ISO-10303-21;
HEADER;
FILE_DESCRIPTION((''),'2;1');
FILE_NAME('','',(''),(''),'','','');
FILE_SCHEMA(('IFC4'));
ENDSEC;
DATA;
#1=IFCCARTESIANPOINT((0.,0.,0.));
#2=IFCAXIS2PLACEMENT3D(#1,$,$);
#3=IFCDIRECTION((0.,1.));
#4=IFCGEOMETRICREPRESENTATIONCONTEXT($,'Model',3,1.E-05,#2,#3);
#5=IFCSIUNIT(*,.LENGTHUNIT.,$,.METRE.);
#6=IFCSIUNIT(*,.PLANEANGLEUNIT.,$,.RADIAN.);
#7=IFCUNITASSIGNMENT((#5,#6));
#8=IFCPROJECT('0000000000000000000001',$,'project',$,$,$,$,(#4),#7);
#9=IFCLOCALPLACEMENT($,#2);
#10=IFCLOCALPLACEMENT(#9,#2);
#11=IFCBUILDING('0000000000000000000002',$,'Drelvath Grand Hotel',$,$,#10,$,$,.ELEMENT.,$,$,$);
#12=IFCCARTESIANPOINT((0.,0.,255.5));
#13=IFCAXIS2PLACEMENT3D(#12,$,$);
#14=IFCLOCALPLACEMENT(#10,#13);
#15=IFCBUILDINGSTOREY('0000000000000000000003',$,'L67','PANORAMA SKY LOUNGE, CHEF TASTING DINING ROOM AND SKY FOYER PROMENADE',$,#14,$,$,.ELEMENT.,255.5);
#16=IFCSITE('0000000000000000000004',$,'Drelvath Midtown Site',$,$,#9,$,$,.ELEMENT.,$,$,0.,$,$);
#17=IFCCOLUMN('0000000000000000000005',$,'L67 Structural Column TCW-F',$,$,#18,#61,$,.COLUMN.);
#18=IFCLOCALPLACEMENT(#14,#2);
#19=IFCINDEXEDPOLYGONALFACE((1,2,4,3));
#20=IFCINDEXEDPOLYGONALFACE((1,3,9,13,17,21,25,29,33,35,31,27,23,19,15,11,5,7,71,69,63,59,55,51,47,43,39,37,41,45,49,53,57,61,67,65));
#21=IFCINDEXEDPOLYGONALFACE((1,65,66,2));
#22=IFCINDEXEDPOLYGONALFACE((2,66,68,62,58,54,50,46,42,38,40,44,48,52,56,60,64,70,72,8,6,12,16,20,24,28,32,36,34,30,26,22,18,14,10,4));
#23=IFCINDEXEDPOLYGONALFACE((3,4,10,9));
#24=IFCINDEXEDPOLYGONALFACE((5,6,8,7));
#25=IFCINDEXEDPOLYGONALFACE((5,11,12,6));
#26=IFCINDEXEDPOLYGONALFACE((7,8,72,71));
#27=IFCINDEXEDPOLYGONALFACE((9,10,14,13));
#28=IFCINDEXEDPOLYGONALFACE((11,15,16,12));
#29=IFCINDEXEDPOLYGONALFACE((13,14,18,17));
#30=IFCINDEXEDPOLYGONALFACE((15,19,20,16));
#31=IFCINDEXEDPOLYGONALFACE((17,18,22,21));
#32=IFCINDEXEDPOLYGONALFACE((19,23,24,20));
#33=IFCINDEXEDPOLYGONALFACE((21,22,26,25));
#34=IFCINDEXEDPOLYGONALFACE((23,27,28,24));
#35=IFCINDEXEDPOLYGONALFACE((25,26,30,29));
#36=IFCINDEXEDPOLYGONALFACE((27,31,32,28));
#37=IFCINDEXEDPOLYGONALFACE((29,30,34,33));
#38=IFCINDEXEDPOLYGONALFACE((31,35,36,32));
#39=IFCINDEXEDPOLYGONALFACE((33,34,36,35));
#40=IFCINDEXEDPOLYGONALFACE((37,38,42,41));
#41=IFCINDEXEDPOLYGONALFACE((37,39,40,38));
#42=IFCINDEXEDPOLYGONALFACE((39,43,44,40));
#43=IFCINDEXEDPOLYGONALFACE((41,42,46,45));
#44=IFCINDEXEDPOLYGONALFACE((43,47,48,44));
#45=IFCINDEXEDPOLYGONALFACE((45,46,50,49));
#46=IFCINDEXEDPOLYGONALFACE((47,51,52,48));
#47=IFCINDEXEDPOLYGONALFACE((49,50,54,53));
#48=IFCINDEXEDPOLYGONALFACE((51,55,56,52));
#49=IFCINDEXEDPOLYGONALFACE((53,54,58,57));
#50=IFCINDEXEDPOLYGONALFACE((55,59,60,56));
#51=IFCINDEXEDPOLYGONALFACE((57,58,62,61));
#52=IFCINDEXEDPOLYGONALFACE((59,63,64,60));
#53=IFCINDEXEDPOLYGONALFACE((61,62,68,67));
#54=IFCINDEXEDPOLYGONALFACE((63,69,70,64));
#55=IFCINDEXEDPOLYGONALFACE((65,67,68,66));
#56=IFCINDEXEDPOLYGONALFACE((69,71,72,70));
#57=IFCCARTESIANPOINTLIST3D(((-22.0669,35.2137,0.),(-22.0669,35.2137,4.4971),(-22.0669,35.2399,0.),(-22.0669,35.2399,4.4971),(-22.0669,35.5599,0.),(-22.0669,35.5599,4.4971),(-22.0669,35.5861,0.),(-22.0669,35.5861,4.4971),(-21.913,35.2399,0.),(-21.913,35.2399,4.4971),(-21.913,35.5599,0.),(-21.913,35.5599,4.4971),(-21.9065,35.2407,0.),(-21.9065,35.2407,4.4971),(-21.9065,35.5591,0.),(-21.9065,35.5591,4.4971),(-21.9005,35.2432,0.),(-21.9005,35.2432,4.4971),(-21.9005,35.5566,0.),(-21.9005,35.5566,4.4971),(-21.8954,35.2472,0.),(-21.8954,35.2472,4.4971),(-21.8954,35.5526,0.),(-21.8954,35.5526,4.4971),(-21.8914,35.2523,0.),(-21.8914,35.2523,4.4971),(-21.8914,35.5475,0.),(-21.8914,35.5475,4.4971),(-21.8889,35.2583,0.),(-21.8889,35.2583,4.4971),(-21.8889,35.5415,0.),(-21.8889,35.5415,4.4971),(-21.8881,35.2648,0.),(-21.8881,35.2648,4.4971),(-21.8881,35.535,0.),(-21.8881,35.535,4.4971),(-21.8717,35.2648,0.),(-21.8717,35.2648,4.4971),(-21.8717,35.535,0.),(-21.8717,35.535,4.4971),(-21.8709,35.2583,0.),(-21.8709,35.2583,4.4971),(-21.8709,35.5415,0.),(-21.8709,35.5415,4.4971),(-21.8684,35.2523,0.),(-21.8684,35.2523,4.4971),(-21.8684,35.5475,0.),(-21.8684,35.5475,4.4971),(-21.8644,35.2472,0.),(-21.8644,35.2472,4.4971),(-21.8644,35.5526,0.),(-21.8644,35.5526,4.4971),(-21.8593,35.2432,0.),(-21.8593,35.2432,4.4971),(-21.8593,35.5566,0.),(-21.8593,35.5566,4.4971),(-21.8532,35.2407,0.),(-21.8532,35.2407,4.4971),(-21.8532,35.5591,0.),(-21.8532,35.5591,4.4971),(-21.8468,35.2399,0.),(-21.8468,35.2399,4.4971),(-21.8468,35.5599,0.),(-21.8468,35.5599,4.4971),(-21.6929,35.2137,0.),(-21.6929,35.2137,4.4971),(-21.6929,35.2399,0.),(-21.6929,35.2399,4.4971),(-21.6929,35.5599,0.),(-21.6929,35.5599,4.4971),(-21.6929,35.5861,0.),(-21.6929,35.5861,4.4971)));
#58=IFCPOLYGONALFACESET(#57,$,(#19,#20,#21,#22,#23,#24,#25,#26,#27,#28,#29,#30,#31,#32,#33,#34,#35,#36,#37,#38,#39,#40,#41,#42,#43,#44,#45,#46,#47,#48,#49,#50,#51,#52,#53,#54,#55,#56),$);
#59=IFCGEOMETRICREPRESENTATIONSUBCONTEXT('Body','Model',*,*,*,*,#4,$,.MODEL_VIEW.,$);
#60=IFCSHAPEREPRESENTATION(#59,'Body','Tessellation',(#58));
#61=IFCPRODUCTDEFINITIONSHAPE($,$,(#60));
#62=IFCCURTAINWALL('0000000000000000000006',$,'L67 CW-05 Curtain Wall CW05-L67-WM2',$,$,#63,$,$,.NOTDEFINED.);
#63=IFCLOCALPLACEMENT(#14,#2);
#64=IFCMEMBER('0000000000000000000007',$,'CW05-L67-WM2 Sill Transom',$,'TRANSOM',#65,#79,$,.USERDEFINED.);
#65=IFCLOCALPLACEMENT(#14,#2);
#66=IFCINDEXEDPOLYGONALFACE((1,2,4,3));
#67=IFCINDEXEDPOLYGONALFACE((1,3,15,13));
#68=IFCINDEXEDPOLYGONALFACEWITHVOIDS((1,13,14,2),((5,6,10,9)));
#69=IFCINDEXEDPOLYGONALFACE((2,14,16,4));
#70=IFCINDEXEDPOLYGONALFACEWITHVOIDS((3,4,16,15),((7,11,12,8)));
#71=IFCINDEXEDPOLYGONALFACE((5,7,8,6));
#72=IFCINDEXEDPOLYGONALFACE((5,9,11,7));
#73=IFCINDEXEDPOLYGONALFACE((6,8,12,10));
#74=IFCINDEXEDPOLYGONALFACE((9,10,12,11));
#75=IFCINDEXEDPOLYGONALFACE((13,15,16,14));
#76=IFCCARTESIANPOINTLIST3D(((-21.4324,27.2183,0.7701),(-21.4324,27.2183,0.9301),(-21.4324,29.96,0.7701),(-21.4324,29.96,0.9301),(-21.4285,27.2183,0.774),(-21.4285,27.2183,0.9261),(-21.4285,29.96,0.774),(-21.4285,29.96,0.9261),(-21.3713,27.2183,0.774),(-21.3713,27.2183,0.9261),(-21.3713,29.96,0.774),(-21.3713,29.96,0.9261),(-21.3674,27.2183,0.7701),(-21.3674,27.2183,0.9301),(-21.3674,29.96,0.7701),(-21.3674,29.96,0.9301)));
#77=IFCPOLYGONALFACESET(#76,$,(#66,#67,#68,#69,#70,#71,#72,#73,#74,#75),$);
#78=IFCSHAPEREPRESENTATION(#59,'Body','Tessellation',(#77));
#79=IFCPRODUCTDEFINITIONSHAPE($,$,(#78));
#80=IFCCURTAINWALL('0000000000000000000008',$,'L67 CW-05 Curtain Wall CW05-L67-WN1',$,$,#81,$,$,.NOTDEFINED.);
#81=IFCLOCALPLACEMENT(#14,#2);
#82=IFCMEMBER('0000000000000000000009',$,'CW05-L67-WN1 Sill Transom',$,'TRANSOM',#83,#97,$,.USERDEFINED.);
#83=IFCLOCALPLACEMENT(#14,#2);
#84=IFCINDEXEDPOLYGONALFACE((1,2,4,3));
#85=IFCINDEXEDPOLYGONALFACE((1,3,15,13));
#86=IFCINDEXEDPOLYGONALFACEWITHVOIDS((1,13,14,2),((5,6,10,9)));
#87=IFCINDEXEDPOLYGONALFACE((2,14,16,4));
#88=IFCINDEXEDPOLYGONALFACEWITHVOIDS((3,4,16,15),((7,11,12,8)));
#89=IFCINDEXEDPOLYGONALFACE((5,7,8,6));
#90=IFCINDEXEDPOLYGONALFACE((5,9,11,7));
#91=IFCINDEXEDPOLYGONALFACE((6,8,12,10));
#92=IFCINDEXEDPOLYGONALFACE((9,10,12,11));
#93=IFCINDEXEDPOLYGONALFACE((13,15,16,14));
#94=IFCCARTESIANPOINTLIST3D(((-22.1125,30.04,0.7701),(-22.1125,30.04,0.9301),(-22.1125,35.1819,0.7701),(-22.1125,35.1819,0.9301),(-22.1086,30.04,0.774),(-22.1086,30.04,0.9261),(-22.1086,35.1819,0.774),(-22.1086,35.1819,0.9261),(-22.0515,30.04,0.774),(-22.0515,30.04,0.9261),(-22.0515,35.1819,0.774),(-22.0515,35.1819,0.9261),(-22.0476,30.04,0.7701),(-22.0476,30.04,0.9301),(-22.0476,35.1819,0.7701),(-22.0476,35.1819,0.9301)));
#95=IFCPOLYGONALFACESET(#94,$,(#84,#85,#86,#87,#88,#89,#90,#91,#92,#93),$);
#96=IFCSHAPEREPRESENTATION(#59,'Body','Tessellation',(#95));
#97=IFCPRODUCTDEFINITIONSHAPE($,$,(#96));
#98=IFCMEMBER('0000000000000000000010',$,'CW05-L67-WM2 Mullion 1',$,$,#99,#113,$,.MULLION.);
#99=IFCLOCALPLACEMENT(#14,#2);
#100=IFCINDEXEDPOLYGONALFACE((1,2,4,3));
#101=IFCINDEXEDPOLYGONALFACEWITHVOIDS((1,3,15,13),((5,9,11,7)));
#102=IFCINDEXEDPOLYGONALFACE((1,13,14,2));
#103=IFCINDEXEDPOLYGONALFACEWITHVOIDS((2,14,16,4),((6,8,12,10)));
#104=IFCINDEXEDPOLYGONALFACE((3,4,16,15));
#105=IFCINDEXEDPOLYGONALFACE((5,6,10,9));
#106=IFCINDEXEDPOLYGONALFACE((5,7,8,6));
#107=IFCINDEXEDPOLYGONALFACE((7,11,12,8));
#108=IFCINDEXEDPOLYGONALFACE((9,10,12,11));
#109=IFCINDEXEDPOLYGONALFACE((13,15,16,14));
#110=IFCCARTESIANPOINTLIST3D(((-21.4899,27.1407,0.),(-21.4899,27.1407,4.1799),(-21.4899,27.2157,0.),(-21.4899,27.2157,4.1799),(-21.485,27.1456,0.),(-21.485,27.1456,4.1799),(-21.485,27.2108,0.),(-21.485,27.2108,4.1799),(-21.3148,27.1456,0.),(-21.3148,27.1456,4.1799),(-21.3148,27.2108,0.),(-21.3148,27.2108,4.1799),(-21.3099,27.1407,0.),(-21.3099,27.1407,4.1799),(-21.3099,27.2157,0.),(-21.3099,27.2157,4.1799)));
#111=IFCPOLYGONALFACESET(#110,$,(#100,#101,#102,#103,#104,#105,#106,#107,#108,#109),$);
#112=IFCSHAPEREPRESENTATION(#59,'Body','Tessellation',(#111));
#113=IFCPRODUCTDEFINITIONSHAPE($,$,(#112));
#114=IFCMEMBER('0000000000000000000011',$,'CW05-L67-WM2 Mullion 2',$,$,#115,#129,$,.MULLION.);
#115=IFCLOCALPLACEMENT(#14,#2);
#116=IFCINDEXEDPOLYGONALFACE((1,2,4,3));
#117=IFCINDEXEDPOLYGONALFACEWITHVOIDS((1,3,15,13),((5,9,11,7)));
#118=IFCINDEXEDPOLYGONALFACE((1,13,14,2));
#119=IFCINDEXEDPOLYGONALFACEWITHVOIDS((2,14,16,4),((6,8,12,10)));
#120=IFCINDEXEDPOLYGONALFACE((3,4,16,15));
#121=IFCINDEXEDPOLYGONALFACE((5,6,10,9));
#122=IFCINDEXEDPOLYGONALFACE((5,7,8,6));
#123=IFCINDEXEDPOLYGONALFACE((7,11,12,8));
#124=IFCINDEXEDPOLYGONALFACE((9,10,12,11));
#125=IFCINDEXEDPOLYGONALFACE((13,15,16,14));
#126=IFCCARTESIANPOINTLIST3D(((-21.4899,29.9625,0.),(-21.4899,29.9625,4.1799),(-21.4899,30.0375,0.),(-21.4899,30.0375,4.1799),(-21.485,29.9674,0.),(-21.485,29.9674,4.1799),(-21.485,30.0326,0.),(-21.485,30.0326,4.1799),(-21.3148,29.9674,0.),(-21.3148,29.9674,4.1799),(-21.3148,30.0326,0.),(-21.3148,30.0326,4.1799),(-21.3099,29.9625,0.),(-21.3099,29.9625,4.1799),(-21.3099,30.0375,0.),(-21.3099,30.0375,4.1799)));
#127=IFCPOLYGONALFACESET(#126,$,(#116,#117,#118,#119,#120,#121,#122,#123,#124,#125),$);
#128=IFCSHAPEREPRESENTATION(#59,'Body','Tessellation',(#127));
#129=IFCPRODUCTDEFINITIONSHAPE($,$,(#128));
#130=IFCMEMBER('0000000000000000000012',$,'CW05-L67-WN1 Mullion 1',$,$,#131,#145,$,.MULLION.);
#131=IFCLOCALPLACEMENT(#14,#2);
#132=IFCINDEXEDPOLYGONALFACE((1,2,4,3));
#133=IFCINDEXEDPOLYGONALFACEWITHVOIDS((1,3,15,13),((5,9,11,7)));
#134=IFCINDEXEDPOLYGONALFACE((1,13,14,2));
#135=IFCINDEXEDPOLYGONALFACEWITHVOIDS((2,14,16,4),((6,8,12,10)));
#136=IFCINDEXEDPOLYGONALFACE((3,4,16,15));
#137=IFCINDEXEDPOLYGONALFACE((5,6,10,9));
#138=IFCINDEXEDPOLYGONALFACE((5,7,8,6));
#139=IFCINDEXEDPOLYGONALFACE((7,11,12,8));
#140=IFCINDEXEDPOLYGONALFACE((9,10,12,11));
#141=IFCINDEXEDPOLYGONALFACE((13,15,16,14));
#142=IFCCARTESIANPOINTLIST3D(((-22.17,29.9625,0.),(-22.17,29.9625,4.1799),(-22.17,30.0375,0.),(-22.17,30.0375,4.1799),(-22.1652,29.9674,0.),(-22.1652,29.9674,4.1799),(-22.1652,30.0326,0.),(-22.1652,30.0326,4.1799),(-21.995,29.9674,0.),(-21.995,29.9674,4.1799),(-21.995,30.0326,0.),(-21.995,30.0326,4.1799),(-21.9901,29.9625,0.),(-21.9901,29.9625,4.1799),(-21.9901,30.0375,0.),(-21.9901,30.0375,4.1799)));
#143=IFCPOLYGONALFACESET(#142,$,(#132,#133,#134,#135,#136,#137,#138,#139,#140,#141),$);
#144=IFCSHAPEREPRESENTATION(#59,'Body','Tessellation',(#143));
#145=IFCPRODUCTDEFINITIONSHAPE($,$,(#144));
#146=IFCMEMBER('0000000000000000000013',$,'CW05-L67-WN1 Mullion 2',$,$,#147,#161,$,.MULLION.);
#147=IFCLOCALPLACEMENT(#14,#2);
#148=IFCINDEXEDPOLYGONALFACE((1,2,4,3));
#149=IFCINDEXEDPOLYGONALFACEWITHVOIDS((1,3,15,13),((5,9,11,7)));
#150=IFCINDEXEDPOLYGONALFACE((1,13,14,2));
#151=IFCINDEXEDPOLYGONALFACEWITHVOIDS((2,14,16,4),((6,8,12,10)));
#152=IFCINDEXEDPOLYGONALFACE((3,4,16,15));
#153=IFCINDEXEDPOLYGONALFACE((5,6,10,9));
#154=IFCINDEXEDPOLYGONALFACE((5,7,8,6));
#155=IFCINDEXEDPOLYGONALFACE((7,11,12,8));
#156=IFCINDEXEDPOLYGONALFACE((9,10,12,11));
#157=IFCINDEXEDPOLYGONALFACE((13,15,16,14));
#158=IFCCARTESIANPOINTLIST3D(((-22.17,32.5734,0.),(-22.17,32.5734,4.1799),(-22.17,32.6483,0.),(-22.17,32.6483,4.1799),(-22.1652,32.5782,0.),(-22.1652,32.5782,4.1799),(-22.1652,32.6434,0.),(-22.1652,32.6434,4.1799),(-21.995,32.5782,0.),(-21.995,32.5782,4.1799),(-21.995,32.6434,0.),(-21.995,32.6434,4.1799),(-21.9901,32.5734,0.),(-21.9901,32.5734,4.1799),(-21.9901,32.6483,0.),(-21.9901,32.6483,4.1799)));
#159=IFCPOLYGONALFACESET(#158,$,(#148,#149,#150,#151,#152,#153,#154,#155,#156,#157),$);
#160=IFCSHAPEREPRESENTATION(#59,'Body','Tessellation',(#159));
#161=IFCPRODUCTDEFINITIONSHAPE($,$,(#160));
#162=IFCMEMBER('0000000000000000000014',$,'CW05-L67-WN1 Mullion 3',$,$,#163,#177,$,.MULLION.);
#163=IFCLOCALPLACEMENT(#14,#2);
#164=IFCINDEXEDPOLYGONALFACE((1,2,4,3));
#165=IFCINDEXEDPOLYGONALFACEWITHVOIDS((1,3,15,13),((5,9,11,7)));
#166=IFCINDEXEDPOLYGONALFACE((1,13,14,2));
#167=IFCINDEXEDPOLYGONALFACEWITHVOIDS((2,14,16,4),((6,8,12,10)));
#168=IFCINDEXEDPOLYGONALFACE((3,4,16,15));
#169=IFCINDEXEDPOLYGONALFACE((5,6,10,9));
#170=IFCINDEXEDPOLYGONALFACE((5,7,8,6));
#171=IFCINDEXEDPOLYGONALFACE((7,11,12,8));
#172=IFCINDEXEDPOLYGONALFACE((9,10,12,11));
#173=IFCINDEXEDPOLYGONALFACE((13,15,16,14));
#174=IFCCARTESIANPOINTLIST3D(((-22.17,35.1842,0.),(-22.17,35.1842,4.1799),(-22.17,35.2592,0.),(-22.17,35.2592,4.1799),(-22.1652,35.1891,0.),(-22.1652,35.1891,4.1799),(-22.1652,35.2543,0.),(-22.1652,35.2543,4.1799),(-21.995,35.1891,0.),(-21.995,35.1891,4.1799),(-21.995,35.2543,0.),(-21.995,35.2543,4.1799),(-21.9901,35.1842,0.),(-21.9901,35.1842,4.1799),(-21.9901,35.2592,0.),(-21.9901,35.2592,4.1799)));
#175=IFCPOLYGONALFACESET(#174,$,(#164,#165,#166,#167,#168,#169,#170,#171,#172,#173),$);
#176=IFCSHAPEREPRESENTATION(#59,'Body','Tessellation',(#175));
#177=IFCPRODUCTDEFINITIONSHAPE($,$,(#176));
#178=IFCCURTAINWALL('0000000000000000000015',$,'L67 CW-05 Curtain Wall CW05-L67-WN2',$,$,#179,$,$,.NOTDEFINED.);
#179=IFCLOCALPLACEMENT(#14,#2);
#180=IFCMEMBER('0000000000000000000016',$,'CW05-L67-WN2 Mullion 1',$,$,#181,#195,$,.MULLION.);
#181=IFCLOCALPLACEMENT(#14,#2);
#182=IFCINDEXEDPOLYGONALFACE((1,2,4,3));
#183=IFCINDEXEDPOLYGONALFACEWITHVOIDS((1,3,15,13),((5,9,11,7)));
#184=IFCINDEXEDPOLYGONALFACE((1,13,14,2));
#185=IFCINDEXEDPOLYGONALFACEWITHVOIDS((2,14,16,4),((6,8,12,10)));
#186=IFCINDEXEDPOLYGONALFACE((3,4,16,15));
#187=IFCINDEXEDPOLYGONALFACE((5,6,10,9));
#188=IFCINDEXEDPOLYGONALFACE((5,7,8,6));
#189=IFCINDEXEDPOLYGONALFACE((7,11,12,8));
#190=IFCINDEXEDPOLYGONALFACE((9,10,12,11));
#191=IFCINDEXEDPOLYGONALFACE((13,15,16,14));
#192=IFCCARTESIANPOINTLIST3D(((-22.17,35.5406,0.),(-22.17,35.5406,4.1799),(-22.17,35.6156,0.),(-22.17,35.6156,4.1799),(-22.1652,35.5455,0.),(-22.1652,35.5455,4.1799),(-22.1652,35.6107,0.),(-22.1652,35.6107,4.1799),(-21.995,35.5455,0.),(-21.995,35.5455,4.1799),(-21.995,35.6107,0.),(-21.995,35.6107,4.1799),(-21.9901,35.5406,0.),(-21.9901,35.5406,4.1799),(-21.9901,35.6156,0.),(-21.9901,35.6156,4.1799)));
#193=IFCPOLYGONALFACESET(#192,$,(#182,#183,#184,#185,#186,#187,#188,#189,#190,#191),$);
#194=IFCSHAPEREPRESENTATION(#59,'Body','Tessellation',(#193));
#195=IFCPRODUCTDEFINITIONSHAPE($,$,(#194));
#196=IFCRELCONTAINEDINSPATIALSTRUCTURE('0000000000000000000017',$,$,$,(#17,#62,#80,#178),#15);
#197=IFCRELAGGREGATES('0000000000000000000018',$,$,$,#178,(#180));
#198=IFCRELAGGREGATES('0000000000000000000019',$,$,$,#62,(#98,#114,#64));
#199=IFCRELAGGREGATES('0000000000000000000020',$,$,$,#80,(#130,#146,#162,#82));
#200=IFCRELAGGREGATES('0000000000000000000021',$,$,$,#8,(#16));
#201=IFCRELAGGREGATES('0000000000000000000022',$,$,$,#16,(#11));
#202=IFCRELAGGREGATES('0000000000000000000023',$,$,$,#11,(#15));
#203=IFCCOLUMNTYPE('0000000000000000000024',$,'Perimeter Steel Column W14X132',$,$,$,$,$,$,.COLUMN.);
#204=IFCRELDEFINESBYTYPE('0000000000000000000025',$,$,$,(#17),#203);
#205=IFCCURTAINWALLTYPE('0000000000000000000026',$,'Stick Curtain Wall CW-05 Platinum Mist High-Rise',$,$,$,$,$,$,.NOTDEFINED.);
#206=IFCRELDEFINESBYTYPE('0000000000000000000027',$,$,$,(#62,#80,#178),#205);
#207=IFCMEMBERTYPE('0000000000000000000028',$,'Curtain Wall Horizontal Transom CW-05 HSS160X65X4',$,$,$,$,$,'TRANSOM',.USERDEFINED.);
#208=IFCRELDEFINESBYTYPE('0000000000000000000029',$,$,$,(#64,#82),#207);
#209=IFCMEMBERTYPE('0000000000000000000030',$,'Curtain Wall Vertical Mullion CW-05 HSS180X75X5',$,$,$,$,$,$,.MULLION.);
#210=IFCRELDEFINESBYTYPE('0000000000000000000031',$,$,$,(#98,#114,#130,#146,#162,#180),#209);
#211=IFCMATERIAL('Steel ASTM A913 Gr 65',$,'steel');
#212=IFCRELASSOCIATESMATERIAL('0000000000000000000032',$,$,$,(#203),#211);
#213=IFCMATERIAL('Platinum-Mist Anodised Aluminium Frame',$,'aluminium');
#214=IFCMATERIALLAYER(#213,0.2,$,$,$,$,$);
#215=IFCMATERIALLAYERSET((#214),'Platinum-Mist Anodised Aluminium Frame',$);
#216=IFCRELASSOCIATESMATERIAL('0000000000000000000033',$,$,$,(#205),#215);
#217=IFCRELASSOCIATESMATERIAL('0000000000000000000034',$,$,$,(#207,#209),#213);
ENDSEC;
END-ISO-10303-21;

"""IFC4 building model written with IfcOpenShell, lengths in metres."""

from ifc_helpers import new_model, si_unit, direction, frame, origin, origin_2d, place, context, subcontext, project, spatial, hollow_rectangle, i_section, extrude, material, layer, layer_set, material_profile, profile_set, type_object, element, aggregate, save


model = new_model("IFC4")

# Units and contexts
model_context = context("Model", 3, precision=1e-05, world=origin(), true_north=direction((0.0, 1.0)))
body_context = subcontext(model_context, "Body", "Model", "MODEL_VIEW")
ifc_project = project(units=[si_unit("LENGTHUNIT", "METRE"), si_unit("PLANEANGLEUNIT", "RADIAN")], contexts=[model_context])

# Site, building, storey
site_placement = place(None, origin())
site = spatial("IfcSite", under=ifc_project, at=site_placement, Name="Drelvath Midtown Site", CompositionType="ELEMENT", RefElevation=0.0)
building_placement = place(site_placement, origin())
building = spatial("IfcBuilding", under=site, at=building_placement, Name="Drelvath Grand Hotel", CompositionType="ELEMENT")
storey_placement = place(building_placement, frame((0.0, 0.0, 255.5)))
storey = spatial("IfcBuildingStorey", under=building, at=storey_placement, Name="L67", Description="PANORAMA SKY LOUNGE, CHEF TASTING DINING ROOM AND SKY FOYER PROMENADE", CompositionType="ELEMENT", Elevation=255.5)

# Column
ifc_material_1 = material(Name="Steel ASTM A913 Gr 65", Category="steel")
ifc_material_profile_1 = material_profile(ifc_material_1, i_section(OverallWidth=0.374, OverallDepth=0.3723, WebThickness=0.0164, FlangeThickness=0.0261, FilletRadius=0.0249, at=origin_2d()), Name="W14X132")
ifc_profile_set_1 = profile_set([ifc_material_profile_1], Name="Steel ASTM A913 Gr 65")
column_type = type_object("IfcColumnType", Name="Perimeter Steel Column W14X132", PredefinedType="COLUMN", material=ifc_profile_set_1)
column_placement = place(storey_placement, frame((-21.8799, 35.3999, 0.0), z_axis=(0.0, 0.0, 1.0), x_axis=(1.0, 0.0, 0.0)))
element("IfcColumn", 1, at=column_placement, inside=storey, type_object=column_type, Name="L67 Structural Column TCW-F", PredefinedType="COLUMN", context=body_context, shape_type="SweptSolid", body=[
    extrude(i_section(OverallWidth=0.374, OverallDepth=0.3723, WebThickness=0.0164, FlangeThickness=0.0261, FilletRadius=0.0249, at=origin_2d()), origin(), (0.0, 0.0, 1.0), 4.4971),
])

# Curtain walls, members
ifc_material_2 = material(Name="Platinum-Mist Anodised Aluminium Frame", Category="aluminium")
ifc_layer_1 = layer(ifc_material_2, 0.2)
ifc_layer_set_1 = layer_set([ifc_layer_1], Name="Platinum-Mist Anodised Aluminium Frame")
curtain_wall_type = type_object("IfcCurtainWallType", Name="Stick Curtain Wall CW-05 Platinum Mist High-Rise", PredefinedType="NOTDEFINED", material=ifc_layer_set_1)
curtain_wall_1_placement = place(storey_placement, origin())
curtain_wall_1 = element("IfcCurtainWall", 2, at=curtain_wall_1_placement, inside=storey, type_object=curtain_wall_type, Name="L67 CW-05 Curtain Wall CW05-L67-WM2", PredefinedType="NOTDEFINED")
ifc_material_profile_2 = material_profile(ifc_material_2, hollow_rectangle(XDim=0.0649, YDim=0.1599, WallThickness=0.0039, at=origin_2d()), Name="HSS160X65X4")
ifc_profile_set_2 = profile_set([ifc_material_profile_2], Name="Platinum-Mist Anodised Aluminium Frame")
member_type_1 = type_object("IfcMemberType", Name="Curtain Wall Horizontal Transom CW-05 HSS160X65X4", ElementType="TRANSOM", PredefinedType="USERDEFINED", material=ifc_profile_set_2)
member_1_placement = place(storey_placement, frame((-21.3999, 27.2183, 0.8501), z_axis=(0.0, 1.0, 0.0), x_axis=(-1.0, 0.0, 0.0)))
member_1 = element("IfcMember", 3, at=member_1_placement, type_object=member_type_1, Name="CW05-L67-WM2 Sill Transom", ObjectType="TRANSOM", PredefinedType="USERDEFINED", context=body_context, shape_type="SweptSolid", body=[
    extrude(hollow_rectangle(XDim=0.0649, YDim=0.1599, WallThickness=0.0039, at=origin_2d()), origin(), (0.0, 0.0, 1.0), 2.7417),
])
curtain_wall_2_placement = place(storey_placement, origin())
curtain_wall_2 = element("IfcCurtainWall", 4, at=curtain_wall_2_placement, inside=storey, type_object=curtain_wall_type, Name="L67 CW-05 Curtain Wall CW05-L67-WN1", PredefinedType="NOTDEFINED")
member_2_placement = place(storey_placement, frame((-22.0801, 30.04, 0.8501), z_axis=(0.0, 1.0, 0.0), x_axis=(-1.0, 0.0, 0.0)))
member_2 = element("IfcMember", 5, at=member_2_placement, type_object=member_type_1, Name="CW05-L67-WN1 Sill Transom", ObjectType="TRANSOM", PredefinedType="USERDEFINED", context=body_context, shape_type="SweptSolid", body=[
    extrude(hollow_rectangle(XDim=0.0649, YDim=0.1599, WallThickness=0.0039, at=origin_2d()), origin(), (0.0, 0.0, 1.0), 5.1418),
])

# Members
ifc_material_profile_3 = material_profile(ifc_material_2, hollow_rectangle(XDim=0.075, YDim=0.1799, WallThickness=0.0049, at=origin_2d()), Name="HSS180X75X5")
ifc_profile_set_3 = profile_set([ifc_material_profile_3], Name="Platinum-Mist Anodised Aluminium Frame")
member_type_2 = type_object("IfcMemberType", Name="Curtain Wall Vertical Mullion CW-05 HSS180X75X5", PredefinedType="MULLION", material=ifc_profile_set_3)
member_3_placement = place(storey_placement, frame((-21.3999, 27.1782, 0.0), z_axis=(0.0, 0.0, 1.0), x_axis=(0.0, 1.0, 0.0)))
member_3 = element("IfcMember", 6, at=member_3_placement, type_object=member_type_2, Name="CW05-L67-WM2 Mullion 1", PredefinedType="MULLION", context=body_context, shape_type="SweptSolid", body=[
    extrude(hollow_rectangle(XDim=0.075, YDim=0.1799, WallThickness=0.0049, at=origin_2d()), origin(), (0.0, 0.0, 1.0), 4.1799),
])
member_4_placement = place(storey_placement, frame((-21.3999, 30.0, 0.0), z_axis=(0.0, 0.0, 1.0), x_axis=(0.0, 1.0, 0.0)))
member_4 = element("IfcMember", 7, at=member_4_placement, type_object=member_type_2, Name="CW05-L67-WM2 Mullion 2", PredefinedType="MULLION", context=body_context, shape_type="SweptSolid", body=[
    extrude(hollow_rectangle(XDim=0.075, YDim=0.1799, WallThickness=0.0049, at=origin_2d()), origin(), (0.0, 0.0, 1.0), 4.1799),
])
member_5_placement = place(storey_placement, frame((-22.0801, 30.0, 0.0), z_axis=(0.0, 0.0, 1.0), x_axis=(0.0, 1.0, 0.0)))
member_5 = element("IfcMember", 8, at=member_5_placement, type_object=member_type_2, Name="CW05-L67-WN1 Mullion 1", PredefinedType="MULLION", context=body_context, shape_type="SweptSolid", body=[
    extrude(hollow_rectangle(XDim=0.075, YDim=0.1799, WallThickness=0.0049, at=origin_2d()), origin(), (0.0, 0.0, 1.0), 4.1799),
])
member_6_placement = place(storey_placement, frame((-22.0801, 32.6108, 0.0), z_axis=(0.0, 0.0, 1.0), x_axis=(0.0, 1.0, 0.0)))
member_6 = element("IfcMember", 9, at=member_6_placement, type_object=member_type_2, Name="CW05-L67-WN1 Mullion 2", PredefinedType="MULLION", context=body_context, shape_type="SweptSolid", body=[
    extrude(hollow_rectangle(XDim=0.075, YDim=0.1799, WallThickness=0.0049, at=origin_2d()), origin(), (0.0, 0.0, 1.0), 4.1799),
])
member_7_placement = place(storey_placement, frame((-22.0801, 35.2217, 0.0), z_axis=(0.0, 0.0, 1.0), x_axis=(0.0, 1.0, 0.0)))
member_7 = element("IfcMember", 10, at=member_7_placement, type_object=member_type_2, Name="CW05-L67-WN1 Mullion 3", PredefinedType="MULLION", context=body_context, shape_type="SweptSolid", body=[
    extrude(hollow_rectangle(XDim=0.075, YDim=0.1799, WallThickness=0.0049, at=origin_2d()), origin(), (0.0, 0.0, 1.0), 4.1799),
])

# Curtain wall, member
curtain_wall_3_placement = place(storey_placement, origin())
curtain_wall_3 = element("IfcCurtainWall", 11, at=curtain_wall_3_placement, inside=storey, type_object=curtain_wall_type, Name="L67 CW-05 Curtain Wall CW05-L67-WN2", PredefinedType="NOTDEFINED")
member_8_placement = place(storey_placement, frame((-22.0801, 35.5781, 0.0), z_axis=(0.0, 0.0, 1.0), x_axis=(0.0, 1.0, 0.0)))
member_8 = element("IfcMember", 12, at=member_8_placement, type_object=member_type_2, Name="CW05-L67-WN2 Mullion 1", PredefinedType="MULLION", context=body_context, shape_type="SweptSolid", body=[
    extrude(hollow_rectangle(XDim=0.075, YDim=0.1799, WallThickness=0.0049, at=origin_2d()), origin(), (0.0, 0.0, 1.0), 4.1799),
])
aggregate(curtain_wall_3, [member_8])

aggregate(curtain_wall_1, [member_3, member_4, member_1])
aggregate(curtain_wall_2, [member_5, member_6, member_7, member_2])

save(model, "model.ifc")
